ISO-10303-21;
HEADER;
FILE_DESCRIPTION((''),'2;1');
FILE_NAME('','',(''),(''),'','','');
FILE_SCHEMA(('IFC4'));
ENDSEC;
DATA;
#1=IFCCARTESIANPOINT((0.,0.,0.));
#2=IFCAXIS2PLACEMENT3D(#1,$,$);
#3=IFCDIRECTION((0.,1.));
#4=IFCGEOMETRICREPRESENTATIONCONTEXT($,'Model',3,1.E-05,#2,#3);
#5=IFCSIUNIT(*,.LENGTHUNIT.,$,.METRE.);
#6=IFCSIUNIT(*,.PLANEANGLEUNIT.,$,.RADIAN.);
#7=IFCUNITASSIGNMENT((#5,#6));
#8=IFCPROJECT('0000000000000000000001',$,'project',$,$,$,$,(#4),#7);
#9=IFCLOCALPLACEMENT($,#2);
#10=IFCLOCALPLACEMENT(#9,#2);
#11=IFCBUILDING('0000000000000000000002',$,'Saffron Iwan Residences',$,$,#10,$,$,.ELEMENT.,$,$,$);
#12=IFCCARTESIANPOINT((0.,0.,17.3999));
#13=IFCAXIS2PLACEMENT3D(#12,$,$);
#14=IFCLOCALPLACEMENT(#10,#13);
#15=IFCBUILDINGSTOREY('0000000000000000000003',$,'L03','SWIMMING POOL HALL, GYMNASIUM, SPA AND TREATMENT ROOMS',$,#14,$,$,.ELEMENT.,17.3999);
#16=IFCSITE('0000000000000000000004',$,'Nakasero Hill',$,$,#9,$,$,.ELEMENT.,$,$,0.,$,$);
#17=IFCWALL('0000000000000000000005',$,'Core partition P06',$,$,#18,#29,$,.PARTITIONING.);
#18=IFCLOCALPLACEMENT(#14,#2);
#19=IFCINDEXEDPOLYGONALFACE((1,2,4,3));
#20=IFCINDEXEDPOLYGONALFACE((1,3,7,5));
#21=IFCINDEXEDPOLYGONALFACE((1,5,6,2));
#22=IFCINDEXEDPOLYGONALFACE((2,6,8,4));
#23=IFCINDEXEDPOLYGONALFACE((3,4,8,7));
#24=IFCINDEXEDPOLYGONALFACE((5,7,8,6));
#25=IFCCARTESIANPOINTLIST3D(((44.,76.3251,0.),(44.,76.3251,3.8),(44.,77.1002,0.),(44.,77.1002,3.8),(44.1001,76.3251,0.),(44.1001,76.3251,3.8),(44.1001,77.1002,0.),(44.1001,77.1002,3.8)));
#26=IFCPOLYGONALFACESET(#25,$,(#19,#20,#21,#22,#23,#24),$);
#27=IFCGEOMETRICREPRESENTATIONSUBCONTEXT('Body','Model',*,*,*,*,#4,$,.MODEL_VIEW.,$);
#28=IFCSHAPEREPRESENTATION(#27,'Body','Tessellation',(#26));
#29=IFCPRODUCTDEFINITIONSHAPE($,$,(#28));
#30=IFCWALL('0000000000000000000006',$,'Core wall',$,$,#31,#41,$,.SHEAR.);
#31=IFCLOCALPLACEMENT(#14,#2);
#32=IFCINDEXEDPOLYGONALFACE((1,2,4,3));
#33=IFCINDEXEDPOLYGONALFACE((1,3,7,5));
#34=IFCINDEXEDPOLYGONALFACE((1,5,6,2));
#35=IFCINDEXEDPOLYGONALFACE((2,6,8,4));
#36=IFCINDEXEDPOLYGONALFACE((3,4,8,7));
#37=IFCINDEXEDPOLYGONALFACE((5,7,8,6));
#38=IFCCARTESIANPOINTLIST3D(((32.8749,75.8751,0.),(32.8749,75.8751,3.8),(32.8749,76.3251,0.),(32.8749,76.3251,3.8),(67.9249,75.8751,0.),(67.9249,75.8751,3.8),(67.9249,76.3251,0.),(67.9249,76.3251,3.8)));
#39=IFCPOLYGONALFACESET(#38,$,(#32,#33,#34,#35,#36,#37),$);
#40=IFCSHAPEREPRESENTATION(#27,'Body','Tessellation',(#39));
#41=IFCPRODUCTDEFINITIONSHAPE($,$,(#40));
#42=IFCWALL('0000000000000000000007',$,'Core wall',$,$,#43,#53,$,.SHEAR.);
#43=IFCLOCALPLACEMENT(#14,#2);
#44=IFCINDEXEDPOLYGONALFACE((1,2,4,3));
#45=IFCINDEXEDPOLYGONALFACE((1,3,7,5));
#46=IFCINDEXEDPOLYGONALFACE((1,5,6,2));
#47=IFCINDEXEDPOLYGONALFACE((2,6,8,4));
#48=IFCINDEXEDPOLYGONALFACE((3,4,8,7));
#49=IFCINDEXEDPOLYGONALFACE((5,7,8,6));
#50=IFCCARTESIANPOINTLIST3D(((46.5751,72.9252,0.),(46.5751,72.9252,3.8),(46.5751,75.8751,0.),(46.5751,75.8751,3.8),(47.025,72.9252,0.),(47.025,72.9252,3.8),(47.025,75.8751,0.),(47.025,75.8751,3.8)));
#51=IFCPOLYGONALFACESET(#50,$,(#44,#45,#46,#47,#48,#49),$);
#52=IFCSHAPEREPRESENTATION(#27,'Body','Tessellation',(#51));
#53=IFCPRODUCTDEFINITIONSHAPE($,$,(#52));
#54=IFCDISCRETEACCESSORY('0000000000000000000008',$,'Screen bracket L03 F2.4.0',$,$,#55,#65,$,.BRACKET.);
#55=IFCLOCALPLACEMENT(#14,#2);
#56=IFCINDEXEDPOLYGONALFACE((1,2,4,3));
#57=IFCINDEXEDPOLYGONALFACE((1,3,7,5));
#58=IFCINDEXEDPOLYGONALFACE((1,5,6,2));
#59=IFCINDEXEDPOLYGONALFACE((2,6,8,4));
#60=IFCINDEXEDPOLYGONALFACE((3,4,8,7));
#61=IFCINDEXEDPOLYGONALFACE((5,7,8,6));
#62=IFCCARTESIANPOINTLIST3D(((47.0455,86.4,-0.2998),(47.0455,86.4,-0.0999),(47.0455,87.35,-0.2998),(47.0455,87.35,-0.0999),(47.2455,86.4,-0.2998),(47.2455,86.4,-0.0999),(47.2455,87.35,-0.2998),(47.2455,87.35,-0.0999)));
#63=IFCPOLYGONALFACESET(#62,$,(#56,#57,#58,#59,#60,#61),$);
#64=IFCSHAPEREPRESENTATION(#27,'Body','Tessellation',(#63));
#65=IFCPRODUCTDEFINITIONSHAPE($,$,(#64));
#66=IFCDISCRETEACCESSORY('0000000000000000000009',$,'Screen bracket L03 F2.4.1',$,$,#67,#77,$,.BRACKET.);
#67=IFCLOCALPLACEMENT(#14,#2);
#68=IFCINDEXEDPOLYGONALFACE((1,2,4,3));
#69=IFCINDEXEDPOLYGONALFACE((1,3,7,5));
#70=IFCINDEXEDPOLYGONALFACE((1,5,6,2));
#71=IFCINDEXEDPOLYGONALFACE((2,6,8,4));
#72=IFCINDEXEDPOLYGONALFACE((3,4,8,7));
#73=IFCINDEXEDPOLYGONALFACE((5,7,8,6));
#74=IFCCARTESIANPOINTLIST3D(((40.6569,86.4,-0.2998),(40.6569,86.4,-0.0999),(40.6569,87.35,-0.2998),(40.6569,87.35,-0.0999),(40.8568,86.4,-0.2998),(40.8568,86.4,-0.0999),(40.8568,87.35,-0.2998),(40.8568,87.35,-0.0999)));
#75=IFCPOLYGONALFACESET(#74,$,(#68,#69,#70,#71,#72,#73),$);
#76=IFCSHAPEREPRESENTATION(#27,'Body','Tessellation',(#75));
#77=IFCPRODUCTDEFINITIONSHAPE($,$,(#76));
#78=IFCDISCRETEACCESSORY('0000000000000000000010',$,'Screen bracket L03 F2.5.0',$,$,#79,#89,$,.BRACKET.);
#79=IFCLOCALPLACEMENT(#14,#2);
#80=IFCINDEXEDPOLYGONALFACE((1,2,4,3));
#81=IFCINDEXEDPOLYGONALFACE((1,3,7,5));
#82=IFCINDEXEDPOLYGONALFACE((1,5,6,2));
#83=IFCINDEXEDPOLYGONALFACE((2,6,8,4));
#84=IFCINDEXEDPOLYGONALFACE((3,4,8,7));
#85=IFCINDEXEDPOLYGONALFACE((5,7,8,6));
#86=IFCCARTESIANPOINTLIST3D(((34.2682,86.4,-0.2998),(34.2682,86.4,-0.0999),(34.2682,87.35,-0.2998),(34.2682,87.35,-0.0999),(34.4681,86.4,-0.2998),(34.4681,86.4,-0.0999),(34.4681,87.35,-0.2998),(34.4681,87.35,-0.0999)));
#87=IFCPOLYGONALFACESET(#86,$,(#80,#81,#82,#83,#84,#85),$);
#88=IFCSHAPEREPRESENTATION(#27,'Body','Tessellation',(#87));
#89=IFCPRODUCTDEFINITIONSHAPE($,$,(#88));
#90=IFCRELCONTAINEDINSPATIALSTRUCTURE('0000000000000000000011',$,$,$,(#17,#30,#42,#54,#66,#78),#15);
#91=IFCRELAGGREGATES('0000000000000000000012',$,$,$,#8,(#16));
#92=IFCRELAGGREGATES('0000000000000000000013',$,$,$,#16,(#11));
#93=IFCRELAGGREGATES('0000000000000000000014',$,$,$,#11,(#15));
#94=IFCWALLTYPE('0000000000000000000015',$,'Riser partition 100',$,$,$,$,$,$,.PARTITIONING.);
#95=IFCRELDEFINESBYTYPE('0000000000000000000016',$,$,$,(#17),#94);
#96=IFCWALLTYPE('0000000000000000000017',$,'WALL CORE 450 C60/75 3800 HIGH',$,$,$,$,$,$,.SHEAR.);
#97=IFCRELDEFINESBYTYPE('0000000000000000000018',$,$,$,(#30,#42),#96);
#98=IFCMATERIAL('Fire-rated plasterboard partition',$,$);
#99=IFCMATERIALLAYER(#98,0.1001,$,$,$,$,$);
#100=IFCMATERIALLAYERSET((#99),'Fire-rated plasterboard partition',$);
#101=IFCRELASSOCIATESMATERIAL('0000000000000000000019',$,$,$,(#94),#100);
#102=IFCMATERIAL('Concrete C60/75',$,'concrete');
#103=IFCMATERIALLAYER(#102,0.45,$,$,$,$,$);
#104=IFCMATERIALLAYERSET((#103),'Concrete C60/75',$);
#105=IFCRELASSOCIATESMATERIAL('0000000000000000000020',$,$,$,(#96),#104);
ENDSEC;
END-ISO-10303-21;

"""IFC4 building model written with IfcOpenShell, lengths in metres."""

from ifc_helpers import new_model, si_unit, direction, frame, frame_2d, origin, origin_2d, place, context, subcontext, project, spatial, rectangle, extrude, source, transform, mapped, material, layer, layer_set, type_object, element, save


model = new_model("IFC4")

# Units and contexts
model_context = context("Model", 3, precision=1e-05, world=origin(), true_north=direction((0.0, 1.0)))
body_context = subcontext(model_context, "Body", "Model", "MODEL_VIEW")
ifc_project = project(units=[si_unit("LENGTHUNIT", "METRE"), si_unit("PLANEANGLEUNIT", "RADIAN")], contexts=[model_context])

# Site, building, storey
site_placement = place(None, origin())
site = spatial("IfcSite", under=ifc_project, at=site_placement, Name="Nakasero Hill", CompositionType="ELEMENT", RefElevation=0.0)
building_placement = place(site_placement, origin())
building = spatial("IfcBuilding", under=site, at=building_placement, Name="Saffron Iwan Residences", CompositionType="ELEMENT")
storey_placement = place(building_placement, frame((0.0, 0.0, 17.3999)))
storey = spatial("IfcBuildingStorey", under=building, at=storey_placement, Name="L03", Description="SWIMMING POOL HALL, GYMNASIUM, SPA AND TREATMENT ROOMS", CompositionType="ELEMENT", Elevation=17.3999)

# Shared definitions
ifc_material_1 = material(Name="Fire-rated plasterboard partition")

# Walls
ifc_layer_1 = layer(ifc_material_1, 0.1001)
ifc_layer_set_1 = layer_set([ifc_layer_1], Name="Fire-rated plasterboard partition")
wall_type_1 = type_object("IfcWallType", Name="Riser partition 100", PredefinedType="PARTITIONING", material=ifc_layer_set_1)
for number, where, z_axis, x_axis, name in (
    (1, (44.05, 76.325, 0.0), (0.0, 0.0, 1.0), (0.0, 1.0, 0.0), "Core partition P06"),
):
    element("IfcWall", number, at=place(storey_placement, frame(where, z_axis=z_axis, x_axis=x_axis)), inside=storey, type_object=wall_type_1, Name=name, PredefinedType="PARTITIONING", context=body_context, shape_type="SweptSolid", body=[
        extrude(rectangle(XDim=0.7751, YDim=0.1001, at=frame_2d((0.3877, 0.0))), origin(), (0.0, 0.0, 1.0), 3.8),
    ])
ifc_material_2 = material(Name="Concrete C60/75", Category="concrete")
ifc_layer_2 = layer(ifc_material_2, 0.45)
ifc_layer_set_2 = layer_set([ifc_layer_2], Name="Concrete C60/75")
wall_type_2 = type_object("IfcWallType", Name="WALL CORE 450 C60/75 3800 HIGH", PredefinedType="SHEAR", material=ifc_layer_set_2)
wall_1_placement = place(storey_placement, frame((32.875, 76.1001, 0.0), z_axis=(0.0, 0.0, 1.0), x_axis=(1.0, 0.0, 0.0)))
element("IfcWall", 2, at=wall_1_placement, inside=storey, type_object=wall_type_2, Name="Core wall", PredefinedType="SHEAR", context=body_context, shape_type="SweptSolid", body=[
    extrude(rectangle(XDim=35.05, YDim=0.45, at=frame_2d((17.5249, 0.0))), origin(), (0.0, 0.0, 1.0), 3.8),
])
wall_2_placement = place(storey_placement, frame((46.8, 72.925, 0.0), z_axis=(0.0, 0.0, 1.0), x_axis=(0.0, 1.0, 0.0)))
element("IfcWall", 3, at=wall_2_placement, inside=storey, type_object=wall_type_2, Name="Core wall", PredefinedType="SHEAR", context=body_context, shape_type="SweptSolid", body=[
    extrude(rectangle(XDim=2.95, YDim=0.45, at=frame_2d((1.4751, 0.0))), origin(), (0.0, 0.0, 1.0), 3.8),
])

# Discrete accessories
shared_shape_1 = source(origin(), body_context, "Body", "SweptSolid", [
    extrude(rectangle(XDim=0.95, YDim=0.2, at=origin_2d()), origin(), (0.0, 0.0, 1.0), 0.2),
])
for number, where, z_axis, x_axis, name in (
    (4, (47.1455, 86.875, -0.2998), (0.0, 0.0, 1.0), (0.0, 1.0, 0.0), "Screen bracket L03 F2.4.0"),
    (5, (40.7568, 86.875, -0.2998), (0.0, 0.0, 1.0), (0.0, 1.0, 0.0), "Screen bracket L03 F2.4.1"),
    (6, (34.3682, 86.875, -0.2998), (0.0, 0.0, 1.0), (0.0, 1.0, 0.0), "Screen bracket L03 F2.5.0"),
):
    element("IfcDiscreteAccessory", number, at=place(storey_placement, frame(where, z_axis=z_axis, x_axis=x_axis)), inside=storey, Name=name, PredefinedType="BRACKET", context=body_context, shape_type="MappedRepresentation", body=[
        mapped(shared_shape_1, transform((0.0, 0.0, 0.0))),
    ])

save(model, "model.ifc")
